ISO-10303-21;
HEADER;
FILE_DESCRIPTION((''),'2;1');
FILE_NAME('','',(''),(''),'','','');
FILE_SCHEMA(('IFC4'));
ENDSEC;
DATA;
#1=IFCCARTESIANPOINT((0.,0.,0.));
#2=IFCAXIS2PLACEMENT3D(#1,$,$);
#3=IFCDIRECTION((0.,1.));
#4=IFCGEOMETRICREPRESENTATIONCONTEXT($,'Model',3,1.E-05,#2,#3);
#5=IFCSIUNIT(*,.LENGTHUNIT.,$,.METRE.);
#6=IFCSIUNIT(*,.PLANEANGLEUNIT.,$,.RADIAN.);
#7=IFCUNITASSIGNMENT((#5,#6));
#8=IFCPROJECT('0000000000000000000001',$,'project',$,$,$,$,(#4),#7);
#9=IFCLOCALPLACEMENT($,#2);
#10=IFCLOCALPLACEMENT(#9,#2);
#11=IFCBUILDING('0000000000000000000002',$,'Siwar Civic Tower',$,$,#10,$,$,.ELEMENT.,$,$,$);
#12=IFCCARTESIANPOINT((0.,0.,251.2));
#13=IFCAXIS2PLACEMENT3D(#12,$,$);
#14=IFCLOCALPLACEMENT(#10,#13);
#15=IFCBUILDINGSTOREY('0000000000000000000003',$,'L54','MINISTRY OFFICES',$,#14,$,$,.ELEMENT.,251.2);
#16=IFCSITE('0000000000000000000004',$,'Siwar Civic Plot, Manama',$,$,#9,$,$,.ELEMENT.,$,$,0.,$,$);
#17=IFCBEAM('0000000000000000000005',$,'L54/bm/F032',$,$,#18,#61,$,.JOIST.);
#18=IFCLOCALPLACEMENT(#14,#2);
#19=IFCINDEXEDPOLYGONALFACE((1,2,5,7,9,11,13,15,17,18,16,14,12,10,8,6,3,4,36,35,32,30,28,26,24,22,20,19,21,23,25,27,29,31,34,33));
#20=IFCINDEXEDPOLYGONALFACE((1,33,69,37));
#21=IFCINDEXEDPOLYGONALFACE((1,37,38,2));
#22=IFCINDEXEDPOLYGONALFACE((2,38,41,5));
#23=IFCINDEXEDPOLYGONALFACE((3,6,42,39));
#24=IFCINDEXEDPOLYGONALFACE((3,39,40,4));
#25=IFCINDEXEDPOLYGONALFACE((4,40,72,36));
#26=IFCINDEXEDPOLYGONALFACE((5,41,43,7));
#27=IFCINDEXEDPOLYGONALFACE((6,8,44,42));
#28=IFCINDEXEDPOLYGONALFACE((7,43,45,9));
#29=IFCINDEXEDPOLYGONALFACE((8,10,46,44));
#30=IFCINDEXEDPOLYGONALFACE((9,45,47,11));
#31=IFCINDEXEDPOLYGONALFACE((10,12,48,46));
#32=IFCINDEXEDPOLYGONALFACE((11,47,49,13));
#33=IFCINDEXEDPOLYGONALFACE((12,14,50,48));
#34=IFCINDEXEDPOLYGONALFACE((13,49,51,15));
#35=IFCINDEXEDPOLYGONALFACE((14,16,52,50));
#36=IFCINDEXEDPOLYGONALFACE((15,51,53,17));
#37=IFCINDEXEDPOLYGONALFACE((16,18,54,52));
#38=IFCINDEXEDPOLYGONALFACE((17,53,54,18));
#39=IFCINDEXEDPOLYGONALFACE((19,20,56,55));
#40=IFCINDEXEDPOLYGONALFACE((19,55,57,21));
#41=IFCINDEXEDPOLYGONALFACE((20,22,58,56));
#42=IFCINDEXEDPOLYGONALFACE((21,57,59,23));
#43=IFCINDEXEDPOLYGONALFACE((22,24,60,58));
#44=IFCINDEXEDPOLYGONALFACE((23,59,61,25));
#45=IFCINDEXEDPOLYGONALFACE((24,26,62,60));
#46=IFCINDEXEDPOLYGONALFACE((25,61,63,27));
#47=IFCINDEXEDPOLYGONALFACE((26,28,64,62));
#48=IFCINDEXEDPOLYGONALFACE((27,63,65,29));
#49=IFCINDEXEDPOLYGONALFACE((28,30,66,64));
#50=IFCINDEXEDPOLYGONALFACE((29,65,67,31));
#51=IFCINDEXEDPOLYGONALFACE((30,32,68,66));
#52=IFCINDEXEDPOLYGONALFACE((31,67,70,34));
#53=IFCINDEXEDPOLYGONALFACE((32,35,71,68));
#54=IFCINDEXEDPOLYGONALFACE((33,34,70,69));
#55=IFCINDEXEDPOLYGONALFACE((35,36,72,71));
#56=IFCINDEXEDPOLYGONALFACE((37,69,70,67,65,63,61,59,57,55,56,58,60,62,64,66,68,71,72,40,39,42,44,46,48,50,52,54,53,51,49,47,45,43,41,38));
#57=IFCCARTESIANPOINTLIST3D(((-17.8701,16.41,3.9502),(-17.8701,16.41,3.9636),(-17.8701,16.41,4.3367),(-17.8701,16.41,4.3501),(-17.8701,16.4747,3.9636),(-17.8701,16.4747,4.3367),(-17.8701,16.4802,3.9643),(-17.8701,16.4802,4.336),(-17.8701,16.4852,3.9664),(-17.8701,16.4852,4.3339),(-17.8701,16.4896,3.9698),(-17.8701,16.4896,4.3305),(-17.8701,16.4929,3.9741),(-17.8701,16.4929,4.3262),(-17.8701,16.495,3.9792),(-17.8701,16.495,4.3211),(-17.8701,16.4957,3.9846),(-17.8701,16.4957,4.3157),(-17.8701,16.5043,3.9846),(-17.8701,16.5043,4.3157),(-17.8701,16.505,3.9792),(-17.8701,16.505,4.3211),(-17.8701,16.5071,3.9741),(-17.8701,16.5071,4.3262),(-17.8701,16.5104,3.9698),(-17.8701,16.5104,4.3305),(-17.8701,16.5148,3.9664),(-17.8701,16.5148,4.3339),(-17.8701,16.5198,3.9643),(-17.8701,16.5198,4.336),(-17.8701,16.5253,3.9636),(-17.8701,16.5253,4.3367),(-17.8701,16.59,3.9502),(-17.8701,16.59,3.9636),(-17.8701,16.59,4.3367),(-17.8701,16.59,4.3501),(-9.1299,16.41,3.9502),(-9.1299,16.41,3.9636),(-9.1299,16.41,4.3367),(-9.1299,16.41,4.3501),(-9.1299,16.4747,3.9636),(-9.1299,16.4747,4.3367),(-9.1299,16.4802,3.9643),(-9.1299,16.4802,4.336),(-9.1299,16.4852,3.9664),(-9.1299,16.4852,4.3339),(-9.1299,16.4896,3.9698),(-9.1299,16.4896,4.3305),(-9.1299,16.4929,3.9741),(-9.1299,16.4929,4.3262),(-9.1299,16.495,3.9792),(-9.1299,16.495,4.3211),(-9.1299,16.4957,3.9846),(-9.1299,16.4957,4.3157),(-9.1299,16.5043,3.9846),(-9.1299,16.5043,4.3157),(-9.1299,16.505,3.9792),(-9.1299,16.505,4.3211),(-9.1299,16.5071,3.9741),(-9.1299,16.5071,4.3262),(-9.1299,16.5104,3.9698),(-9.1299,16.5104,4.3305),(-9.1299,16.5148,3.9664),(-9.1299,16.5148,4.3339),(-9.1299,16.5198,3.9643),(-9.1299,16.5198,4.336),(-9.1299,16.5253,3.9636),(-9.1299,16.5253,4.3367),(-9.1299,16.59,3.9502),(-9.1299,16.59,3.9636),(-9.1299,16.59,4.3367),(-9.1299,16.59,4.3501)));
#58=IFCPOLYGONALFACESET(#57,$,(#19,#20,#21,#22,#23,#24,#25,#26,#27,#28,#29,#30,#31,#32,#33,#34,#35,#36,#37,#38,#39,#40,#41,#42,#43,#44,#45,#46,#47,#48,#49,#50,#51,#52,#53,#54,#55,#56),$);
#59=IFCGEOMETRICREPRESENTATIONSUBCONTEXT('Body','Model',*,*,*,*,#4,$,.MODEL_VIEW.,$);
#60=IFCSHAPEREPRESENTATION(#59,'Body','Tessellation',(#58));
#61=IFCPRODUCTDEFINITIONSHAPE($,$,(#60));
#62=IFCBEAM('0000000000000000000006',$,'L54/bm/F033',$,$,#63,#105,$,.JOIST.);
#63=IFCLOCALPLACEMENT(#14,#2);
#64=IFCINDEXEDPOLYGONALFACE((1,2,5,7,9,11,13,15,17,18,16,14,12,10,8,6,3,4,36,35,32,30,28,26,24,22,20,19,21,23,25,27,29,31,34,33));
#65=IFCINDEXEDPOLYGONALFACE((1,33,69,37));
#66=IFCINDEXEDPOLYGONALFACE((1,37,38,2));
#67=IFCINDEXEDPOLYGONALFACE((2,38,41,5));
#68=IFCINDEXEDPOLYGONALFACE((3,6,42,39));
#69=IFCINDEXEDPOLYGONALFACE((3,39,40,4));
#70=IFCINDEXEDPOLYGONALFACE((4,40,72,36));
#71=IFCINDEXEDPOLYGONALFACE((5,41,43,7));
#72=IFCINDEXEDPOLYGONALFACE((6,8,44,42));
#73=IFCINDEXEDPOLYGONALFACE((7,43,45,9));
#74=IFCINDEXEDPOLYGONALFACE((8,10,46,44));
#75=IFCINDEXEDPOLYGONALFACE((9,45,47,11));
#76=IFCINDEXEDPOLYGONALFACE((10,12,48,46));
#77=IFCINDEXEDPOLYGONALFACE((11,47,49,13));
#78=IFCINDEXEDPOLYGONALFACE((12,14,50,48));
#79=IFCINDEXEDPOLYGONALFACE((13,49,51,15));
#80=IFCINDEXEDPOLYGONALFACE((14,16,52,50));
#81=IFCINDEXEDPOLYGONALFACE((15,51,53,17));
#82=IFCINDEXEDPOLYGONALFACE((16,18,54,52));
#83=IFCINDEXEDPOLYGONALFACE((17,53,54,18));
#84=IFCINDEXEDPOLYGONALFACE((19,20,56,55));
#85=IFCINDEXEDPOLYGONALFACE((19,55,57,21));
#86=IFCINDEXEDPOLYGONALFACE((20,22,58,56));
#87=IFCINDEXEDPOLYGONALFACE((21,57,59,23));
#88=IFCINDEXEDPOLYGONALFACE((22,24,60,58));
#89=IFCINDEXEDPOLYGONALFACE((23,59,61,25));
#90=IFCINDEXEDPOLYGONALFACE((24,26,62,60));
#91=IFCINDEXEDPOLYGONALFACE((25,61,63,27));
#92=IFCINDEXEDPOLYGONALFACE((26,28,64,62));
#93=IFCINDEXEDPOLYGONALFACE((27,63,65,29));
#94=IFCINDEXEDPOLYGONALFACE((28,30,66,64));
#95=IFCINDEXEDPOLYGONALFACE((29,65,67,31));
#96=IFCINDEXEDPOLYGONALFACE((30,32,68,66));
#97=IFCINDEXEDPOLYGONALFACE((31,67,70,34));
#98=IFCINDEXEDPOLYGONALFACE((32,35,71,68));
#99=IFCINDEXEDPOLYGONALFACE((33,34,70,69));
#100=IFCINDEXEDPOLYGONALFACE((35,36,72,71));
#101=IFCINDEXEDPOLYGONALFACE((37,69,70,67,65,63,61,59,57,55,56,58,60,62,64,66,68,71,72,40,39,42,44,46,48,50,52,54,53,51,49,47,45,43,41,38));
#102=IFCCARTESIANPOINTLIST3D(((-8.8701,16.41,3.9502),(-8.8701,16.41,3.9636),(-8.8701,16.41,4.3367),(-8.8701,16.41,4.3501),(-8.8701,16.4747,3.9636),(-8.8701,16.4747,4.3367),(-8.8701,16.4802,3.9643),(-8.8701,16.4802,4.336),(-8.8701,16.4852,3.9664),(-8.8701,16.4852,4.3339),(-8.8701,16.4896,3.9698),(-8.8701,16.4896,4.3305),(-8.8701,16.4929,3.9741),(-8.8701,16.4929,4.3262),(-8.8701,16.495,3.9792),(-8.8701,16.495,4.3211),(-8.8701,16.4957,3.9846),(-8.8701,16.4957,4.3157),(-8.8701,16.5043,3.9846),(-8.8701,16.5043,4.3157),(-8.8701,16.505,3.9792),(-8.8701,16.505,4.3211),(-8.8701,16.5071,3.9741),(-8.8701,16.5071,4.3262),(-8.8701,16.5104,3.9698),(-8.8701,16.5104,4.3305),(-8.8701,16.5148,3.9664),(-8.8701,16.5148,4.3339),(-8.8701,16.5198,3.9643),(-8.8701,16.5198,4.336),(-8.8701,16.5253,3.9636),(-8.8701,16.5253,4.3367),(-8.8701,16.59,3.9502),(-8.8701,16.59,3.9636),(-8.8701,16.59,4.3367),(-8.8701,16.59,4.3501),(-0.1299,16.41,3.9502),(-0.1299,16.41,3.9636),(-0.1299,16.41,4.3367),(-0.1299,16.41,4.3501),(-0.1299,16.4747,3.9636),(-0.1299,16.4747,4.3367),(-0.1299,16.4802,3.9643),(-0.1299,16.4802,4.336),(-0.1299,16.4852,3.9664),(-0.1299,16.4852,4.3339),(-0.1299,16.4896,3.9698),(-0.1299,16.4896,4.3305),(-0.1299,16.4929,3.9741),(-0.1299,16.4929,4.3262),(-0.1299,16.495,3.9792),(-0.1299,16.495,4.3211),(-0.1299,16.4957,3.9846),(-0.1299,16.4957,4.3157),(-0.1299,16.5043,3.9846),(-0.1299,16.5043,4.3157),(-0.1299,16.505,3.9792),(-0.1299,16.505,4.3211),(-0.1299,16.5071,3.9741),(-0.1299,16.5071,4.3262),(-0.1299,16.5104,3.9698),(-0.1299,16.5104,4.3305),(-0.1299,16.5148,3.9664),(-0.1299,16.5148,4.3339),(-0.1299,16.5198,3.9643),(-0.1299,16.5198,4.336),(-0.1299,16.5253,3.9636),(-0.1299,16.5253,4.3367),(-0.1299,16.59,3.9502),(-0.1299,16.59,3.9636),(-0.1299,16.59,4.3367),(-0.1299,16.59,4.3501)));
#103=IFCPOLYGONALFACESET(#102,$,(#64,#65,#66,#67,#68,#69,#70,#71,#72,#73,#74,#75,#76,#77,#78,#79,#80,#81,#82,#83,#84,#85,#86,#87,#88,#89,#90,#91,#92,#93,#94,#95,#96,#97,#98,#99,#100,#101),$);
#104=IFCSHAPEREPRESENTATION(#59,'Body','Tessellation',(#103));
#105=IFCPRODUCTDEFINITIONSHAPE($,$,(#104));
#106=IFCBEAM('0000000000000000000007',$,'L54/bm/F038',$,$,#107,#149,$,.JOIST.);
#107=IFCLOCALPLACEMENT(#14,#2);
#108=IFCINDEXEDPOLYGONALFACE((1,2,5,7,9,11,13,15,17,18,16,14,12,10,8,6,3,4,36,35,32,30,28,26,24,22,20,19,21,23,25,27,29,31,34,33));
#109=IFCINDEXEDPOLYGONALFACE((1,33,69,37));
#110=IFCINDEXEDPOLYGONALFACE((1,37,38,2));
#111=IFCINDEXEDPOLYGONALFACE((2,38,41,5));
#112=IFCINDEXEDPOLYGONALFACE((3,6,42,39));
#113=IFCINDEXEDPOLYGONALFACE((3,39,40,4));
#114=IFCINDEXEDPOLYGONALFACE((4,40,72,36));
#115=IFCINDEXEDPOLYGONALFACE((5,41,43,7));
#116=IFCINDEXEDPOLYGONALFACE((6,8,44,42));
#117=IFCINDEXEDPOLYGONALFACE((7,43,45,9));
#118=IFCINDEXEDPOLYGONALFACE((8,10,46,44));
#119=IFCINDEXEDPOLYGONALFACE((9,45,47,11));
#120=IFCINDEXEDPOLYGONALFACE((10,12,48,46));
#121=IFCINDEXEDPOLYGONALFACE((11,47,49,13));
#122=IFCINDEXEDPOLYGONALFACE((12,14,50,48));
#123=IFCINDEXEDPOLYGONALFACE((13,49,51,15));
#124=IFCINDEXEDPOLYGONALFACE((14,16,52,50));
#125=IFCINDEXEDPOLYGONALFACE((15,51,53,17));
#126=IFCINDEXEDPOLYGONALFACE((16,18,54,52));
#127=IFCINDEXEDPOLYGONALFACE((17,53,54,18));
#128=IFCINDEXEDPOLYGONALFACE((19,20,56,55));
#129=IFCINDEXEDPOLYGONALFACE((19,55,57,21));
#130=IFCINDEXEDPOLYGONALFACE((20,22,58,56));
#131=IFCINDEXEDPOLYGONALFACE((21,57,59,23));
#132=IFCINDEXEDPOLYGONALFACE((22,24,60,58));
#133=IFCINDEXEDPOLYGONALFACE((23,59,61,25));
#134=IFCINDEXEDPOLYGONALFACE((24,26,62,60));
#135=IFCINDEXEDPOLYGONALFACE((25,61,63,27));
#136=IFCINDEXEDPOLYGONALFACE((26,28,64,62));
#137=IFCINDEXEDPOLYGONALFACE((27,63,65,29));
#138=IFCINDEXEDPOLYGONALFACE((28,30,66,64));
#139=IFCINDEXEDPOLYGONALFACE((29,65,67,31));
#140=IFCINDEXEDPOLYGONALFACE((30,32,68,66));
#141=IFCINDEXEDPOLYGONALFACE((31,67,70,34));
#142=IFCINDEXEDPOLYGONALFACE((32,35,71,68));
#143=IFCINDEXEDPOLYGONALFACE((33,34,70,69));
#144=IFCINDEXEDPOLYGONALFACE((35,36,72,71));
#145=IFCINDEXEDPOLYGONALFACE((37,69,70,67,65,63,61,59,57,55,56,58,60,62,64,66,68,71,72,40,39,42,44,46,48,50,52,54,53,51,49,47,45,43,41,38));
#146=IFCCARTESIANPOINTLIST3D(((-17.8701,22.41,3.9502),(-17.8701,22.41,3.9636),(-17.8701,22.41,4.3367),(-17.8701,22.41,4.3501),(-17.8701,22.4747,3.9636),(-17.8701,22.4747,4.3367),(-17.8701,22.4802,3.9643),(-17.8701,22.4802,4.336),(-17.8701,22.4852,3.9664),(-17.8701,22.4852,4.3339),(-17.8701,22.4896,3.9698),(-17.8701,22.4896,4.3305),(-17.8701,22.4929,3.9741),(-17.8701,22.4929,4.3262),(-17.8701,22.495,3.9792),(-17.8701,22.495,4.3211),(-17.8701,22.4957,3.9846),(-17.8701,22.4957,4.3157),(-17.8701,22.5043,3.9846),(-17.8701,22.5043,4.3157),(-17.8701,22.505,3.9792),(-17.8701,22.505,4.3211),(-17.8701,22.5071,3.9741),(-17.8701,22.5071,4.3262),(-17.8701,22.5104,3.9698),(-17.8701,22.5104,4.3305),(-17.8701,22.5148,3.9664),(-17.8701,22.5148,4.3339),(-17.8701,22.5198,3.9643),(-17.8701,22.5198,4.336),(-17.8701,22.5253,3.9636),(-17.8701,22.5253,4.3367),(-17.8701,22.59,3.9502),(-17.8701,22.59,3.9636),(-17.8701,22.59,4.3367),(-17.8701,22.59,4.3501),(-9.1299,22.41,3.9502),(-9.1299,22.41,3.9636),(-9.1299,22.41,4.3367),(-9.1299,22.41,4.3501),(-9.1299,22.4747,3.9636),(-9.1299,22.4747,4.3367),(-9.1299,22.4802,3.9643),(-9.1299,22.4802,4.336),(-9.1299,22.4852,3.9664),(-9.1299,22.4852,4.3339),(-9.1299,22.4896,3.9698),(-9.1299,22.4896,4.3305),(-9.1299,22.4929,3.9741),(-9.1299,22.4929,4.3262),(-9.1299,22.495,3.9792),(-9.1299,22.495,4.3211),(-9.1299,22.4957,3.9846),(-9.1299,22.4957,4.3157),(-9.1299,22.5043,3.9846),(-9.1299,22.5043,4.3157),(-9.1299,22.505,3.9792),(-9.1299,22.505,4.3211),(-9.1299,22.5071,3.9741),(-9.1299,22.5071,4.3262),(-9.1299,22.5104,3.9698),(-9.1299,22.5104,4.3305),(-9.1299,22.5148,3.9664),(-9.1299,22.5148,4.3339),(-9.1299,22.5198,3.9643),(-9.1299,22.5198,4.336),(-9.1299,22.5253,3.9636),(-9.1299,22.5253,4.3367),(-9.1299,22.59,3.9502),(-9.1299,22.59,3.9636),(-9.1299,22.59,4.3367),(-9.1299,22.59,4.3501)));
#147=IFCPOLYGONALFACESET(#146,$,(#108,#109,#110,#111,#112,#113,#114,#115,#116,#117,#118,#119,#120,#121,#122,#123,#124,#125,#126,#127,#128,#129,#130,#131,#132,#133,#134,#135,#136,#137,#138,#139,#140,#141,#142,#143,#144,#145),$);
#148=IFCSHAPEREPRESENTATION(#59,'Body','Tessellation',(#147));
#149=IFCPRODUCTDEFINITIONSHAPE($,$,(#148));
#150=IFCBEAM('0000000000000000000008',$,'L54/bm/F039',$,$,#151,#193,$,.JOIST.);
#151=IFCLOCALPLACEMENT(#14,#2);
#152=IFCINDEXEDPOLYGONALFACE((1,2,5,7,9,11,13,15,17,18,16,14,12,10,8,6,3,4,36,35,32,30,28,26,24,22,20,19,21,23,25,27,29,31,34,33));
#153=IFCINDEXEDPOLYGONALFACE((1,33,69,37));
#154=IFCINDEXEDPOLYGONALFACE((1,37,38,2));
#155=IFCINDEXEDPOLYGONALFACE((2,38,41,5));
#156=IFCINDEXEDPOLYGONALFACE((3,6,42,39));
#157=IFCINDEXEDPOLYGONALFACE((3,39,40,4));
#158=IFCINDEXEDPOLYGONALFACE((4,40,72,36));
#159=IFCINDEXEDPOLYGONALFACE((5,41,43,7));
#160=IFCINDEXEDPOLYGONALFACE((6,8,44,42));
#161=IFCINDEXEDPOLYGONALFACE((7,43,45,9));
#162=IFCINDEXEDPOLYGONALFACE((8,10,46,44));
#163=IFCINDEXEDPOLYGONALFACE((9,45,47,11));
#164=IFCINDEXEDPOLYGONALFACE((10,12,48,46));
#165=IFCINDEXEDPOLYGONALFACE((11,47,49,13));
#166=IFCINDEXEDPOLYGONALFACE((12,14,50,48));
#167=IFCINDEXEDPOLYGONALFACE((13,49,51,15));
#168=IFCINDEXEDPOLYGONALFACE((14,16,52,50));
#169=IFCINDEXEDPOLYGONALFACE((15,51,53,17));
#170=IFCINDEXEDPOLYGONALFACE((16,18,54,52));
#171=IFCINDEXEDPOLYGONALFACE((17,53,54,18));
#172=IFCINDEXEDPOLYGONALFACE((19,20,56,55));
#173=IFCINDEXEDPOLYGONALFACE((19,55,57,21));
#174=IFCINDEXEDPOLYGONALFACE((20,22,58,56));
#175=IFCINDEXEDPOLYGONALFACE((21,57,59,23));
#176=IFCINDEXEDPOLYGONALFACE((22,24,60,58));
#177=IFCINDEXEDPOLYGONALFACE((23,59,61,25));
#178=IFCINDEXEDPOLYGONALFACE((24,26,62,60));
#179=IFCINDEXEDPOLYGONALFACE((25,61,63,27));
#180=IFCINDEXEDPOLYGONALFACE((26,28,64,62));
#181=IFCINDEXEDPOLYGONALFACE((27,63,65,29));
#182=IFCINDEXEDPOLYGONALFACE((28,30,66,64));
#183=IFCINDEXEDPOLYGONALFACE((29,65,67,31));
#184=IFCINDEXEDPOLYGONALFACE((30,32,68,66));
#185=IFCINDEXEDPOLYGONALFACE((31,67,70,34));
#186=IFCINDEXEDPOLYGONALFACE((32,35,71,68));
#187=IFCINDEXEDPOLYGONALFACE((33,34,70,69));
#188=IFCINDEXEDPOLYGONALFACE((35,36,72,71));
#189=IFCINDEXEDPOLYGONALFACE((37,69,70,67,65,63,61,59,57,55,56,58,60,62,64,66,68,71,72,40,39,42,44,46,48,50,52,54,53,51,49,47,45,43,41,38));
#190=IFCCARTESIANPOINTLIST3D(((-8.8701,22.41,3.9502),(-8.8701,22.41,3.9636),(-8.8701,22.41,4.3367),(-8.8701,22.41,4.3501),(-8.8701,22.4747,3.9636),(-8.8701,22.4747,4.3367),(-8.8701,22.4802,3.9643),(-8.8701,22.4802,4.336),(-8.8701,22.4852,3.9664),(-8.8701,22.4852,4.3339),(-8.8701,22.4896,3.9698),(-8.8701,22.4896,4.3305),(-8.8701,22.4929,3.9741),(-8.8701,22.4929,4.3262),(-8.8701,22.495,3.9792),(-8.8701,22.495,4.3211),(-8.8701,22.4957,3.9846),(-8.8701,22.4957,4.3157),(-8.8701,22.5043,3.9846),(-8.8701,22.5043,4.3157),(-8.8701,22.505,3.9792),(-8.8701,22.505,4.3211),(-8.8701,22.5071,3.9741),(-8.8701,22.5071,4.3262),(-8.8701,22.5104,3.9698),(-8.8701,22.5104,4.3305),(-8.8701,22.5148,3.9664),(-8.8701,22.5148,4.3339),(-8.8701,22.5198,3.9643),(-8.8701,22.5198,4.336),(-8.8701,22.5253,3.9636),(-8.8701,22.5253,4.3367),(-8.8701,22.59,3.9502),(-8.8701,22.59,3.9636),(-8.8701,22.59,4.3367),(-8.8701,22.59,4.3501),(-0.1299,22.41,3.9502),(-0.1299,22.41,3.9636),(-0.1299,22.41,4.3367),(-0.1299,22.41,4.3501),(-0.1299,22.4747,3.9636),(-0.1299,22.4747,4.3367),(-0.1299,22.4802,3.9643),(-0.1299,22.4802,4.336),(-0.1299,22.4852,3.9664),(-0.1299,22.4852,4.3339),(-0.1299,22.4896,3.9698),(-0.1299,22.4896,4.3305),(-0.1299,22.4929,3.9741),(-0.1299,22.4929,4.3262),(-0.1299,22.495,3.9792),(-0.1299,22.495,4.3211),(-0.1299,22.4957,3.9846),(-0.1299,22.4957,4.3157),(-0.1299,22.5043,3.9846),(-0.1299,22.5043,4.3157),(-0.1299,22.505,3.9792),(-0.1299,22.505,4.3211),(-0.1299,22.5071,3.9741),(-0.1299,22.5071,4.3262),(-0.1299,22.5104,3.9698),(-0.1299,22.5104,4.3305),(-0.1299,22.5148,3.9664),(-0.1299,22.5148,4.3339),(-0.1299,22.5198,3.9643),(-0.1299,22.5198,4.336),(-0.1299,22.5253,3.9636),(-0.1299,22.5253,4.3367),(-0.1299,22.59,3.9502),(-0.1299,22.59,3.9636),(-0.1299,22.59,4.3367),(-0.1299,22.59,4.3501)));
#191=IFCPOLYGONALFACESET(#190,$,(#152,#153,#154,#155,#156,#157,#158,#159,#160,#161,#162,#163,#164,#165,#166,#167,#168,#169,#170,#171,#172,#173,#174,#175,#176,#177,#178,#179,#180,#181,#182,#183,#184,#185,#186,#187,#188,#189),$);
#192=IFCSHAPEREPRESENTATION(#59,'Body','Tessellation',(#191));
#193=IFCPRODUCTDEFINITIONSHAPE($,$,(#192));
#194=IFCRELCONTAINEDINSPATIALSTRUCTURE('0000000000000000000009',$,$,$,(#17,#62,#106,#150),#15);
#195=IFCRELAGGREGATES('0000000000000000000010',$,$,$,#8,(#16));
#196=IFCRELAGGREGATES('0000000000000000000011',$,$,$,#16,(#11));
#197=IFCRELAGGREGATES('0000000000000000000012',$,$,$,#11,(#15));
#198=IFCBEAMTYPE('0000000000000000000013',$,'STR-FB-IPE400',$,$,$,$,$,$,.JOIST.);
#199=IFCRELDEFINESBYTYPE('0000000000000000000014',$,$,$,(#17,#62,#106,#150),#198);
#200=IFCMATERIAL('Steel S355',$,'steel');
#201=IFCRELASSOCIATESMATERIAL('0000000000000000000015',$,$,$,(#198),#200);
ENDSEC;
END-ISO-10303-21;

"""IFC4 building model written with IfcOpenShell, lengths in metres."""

from ifc_helpers import new_model, si_unit, direction, frame, origin, origin_2d, place, context, subcontext, project, spatial, i_section, extrude, material, material_profile, profile_set, type_object, element, save


model = new_model("IFC4")

# Units and contexts
model_context = context("Model", 3, precision=1e-05, world=origin(), true_north=direction((0.0, 1.0)))
body_context = subcontext(model_context, "Body", "Model", "MODEL_VIEW")
ifc_project = project(units=[si_unit("LENGTHUNIT", "METRE"), si_unit("PLANEANGLEUNIT", "RADIAN")], contexts=[model_context])

# Site, building, storey
site_placement = place(None, origin())
site = spatial("IfcSite", under=ifc_project, at=site_placement, Name="Siwar Civic Plot, Manama", CompositionType="ELEMENT", RefElevation=0.0)
building_placement = place(site_placement, origin())
building = spatial("IfcBuilding", under=site, at=building_placement, Name="Siwar Civic Tower", CompositionType="ELEMENT")
storey_placement = place(building_placement, frame((0.0, 0.0, 251.2)))
storey = spatial("IfcBuildingStorey", under=building, at=storey_placement, Name="L54", Description="MINISTRY OFFICES", CompositionType="ELEMENT", Elevation=251.2)

# Beams
ifc_material_1 = material(Name="Steel S355", Category="steel")
ifc_material_profile_1 = material_profile(ifc_material_1, i_section(OverallWidth=0.1799, OverallDepth=0.3999, WebThickness=0.0085, FlangeThickness=0.0134, FilletRadius=0.021, at=origin_2d()), Name="IPE400")
ifc_profile_set_1 = profile_set([ifc_material_profile_1], Name="Steel S355")
beam_type_1 = type_object("IfcBeamType", Name="STR-FB-IPE400", PredefinedType="JOIST", material=ifc_profile_set_1)
for number, where, z_axis, x_axis, name in (
    (1, (-17.8701, 16.5, 4.1501), (1.0, 0.0, 0.0), (0.0, 1.0, 0.0), "L54/bm/F032"),
    (2, (-8.8701, 16.5, 4.1501), (1.0, 0.0, 0.0), (0.0, 1.0, 0.0), "L54/bm/F033"),
    (3, (-17.8701, 22.5, 4.1501), (1.0, 0.0, 0.0), (0.0, 1.0, 0.0), "L54/bm/F038"),
    (4, (-8.8701, 22.5, 4.1501), (1.0, 0.0, 0.0), (0.0, 1.0, 0.0), "L54/bm/F039"),
):
    element("IfcBeam", number, at=place(storey_placement, frame(where, z_axis=z_axis, x_axis=x_axis)), inside=storey, type_object=beam_type_1, Name=name, PredefinedType="JOIST", context=body_context, shape_type="SweptSolid", body=[
        extrude(i_section(OverallWidth=0.1799, OverallDepth=0.3999, WebThickness=0.0085, FlangeThickness=0.0134, FilletRadius=0.021, at=origin_2d()), origin(), (0.0, 0.0, 1.0), 8.7402),
    ])

save(model, "model.ifc")
